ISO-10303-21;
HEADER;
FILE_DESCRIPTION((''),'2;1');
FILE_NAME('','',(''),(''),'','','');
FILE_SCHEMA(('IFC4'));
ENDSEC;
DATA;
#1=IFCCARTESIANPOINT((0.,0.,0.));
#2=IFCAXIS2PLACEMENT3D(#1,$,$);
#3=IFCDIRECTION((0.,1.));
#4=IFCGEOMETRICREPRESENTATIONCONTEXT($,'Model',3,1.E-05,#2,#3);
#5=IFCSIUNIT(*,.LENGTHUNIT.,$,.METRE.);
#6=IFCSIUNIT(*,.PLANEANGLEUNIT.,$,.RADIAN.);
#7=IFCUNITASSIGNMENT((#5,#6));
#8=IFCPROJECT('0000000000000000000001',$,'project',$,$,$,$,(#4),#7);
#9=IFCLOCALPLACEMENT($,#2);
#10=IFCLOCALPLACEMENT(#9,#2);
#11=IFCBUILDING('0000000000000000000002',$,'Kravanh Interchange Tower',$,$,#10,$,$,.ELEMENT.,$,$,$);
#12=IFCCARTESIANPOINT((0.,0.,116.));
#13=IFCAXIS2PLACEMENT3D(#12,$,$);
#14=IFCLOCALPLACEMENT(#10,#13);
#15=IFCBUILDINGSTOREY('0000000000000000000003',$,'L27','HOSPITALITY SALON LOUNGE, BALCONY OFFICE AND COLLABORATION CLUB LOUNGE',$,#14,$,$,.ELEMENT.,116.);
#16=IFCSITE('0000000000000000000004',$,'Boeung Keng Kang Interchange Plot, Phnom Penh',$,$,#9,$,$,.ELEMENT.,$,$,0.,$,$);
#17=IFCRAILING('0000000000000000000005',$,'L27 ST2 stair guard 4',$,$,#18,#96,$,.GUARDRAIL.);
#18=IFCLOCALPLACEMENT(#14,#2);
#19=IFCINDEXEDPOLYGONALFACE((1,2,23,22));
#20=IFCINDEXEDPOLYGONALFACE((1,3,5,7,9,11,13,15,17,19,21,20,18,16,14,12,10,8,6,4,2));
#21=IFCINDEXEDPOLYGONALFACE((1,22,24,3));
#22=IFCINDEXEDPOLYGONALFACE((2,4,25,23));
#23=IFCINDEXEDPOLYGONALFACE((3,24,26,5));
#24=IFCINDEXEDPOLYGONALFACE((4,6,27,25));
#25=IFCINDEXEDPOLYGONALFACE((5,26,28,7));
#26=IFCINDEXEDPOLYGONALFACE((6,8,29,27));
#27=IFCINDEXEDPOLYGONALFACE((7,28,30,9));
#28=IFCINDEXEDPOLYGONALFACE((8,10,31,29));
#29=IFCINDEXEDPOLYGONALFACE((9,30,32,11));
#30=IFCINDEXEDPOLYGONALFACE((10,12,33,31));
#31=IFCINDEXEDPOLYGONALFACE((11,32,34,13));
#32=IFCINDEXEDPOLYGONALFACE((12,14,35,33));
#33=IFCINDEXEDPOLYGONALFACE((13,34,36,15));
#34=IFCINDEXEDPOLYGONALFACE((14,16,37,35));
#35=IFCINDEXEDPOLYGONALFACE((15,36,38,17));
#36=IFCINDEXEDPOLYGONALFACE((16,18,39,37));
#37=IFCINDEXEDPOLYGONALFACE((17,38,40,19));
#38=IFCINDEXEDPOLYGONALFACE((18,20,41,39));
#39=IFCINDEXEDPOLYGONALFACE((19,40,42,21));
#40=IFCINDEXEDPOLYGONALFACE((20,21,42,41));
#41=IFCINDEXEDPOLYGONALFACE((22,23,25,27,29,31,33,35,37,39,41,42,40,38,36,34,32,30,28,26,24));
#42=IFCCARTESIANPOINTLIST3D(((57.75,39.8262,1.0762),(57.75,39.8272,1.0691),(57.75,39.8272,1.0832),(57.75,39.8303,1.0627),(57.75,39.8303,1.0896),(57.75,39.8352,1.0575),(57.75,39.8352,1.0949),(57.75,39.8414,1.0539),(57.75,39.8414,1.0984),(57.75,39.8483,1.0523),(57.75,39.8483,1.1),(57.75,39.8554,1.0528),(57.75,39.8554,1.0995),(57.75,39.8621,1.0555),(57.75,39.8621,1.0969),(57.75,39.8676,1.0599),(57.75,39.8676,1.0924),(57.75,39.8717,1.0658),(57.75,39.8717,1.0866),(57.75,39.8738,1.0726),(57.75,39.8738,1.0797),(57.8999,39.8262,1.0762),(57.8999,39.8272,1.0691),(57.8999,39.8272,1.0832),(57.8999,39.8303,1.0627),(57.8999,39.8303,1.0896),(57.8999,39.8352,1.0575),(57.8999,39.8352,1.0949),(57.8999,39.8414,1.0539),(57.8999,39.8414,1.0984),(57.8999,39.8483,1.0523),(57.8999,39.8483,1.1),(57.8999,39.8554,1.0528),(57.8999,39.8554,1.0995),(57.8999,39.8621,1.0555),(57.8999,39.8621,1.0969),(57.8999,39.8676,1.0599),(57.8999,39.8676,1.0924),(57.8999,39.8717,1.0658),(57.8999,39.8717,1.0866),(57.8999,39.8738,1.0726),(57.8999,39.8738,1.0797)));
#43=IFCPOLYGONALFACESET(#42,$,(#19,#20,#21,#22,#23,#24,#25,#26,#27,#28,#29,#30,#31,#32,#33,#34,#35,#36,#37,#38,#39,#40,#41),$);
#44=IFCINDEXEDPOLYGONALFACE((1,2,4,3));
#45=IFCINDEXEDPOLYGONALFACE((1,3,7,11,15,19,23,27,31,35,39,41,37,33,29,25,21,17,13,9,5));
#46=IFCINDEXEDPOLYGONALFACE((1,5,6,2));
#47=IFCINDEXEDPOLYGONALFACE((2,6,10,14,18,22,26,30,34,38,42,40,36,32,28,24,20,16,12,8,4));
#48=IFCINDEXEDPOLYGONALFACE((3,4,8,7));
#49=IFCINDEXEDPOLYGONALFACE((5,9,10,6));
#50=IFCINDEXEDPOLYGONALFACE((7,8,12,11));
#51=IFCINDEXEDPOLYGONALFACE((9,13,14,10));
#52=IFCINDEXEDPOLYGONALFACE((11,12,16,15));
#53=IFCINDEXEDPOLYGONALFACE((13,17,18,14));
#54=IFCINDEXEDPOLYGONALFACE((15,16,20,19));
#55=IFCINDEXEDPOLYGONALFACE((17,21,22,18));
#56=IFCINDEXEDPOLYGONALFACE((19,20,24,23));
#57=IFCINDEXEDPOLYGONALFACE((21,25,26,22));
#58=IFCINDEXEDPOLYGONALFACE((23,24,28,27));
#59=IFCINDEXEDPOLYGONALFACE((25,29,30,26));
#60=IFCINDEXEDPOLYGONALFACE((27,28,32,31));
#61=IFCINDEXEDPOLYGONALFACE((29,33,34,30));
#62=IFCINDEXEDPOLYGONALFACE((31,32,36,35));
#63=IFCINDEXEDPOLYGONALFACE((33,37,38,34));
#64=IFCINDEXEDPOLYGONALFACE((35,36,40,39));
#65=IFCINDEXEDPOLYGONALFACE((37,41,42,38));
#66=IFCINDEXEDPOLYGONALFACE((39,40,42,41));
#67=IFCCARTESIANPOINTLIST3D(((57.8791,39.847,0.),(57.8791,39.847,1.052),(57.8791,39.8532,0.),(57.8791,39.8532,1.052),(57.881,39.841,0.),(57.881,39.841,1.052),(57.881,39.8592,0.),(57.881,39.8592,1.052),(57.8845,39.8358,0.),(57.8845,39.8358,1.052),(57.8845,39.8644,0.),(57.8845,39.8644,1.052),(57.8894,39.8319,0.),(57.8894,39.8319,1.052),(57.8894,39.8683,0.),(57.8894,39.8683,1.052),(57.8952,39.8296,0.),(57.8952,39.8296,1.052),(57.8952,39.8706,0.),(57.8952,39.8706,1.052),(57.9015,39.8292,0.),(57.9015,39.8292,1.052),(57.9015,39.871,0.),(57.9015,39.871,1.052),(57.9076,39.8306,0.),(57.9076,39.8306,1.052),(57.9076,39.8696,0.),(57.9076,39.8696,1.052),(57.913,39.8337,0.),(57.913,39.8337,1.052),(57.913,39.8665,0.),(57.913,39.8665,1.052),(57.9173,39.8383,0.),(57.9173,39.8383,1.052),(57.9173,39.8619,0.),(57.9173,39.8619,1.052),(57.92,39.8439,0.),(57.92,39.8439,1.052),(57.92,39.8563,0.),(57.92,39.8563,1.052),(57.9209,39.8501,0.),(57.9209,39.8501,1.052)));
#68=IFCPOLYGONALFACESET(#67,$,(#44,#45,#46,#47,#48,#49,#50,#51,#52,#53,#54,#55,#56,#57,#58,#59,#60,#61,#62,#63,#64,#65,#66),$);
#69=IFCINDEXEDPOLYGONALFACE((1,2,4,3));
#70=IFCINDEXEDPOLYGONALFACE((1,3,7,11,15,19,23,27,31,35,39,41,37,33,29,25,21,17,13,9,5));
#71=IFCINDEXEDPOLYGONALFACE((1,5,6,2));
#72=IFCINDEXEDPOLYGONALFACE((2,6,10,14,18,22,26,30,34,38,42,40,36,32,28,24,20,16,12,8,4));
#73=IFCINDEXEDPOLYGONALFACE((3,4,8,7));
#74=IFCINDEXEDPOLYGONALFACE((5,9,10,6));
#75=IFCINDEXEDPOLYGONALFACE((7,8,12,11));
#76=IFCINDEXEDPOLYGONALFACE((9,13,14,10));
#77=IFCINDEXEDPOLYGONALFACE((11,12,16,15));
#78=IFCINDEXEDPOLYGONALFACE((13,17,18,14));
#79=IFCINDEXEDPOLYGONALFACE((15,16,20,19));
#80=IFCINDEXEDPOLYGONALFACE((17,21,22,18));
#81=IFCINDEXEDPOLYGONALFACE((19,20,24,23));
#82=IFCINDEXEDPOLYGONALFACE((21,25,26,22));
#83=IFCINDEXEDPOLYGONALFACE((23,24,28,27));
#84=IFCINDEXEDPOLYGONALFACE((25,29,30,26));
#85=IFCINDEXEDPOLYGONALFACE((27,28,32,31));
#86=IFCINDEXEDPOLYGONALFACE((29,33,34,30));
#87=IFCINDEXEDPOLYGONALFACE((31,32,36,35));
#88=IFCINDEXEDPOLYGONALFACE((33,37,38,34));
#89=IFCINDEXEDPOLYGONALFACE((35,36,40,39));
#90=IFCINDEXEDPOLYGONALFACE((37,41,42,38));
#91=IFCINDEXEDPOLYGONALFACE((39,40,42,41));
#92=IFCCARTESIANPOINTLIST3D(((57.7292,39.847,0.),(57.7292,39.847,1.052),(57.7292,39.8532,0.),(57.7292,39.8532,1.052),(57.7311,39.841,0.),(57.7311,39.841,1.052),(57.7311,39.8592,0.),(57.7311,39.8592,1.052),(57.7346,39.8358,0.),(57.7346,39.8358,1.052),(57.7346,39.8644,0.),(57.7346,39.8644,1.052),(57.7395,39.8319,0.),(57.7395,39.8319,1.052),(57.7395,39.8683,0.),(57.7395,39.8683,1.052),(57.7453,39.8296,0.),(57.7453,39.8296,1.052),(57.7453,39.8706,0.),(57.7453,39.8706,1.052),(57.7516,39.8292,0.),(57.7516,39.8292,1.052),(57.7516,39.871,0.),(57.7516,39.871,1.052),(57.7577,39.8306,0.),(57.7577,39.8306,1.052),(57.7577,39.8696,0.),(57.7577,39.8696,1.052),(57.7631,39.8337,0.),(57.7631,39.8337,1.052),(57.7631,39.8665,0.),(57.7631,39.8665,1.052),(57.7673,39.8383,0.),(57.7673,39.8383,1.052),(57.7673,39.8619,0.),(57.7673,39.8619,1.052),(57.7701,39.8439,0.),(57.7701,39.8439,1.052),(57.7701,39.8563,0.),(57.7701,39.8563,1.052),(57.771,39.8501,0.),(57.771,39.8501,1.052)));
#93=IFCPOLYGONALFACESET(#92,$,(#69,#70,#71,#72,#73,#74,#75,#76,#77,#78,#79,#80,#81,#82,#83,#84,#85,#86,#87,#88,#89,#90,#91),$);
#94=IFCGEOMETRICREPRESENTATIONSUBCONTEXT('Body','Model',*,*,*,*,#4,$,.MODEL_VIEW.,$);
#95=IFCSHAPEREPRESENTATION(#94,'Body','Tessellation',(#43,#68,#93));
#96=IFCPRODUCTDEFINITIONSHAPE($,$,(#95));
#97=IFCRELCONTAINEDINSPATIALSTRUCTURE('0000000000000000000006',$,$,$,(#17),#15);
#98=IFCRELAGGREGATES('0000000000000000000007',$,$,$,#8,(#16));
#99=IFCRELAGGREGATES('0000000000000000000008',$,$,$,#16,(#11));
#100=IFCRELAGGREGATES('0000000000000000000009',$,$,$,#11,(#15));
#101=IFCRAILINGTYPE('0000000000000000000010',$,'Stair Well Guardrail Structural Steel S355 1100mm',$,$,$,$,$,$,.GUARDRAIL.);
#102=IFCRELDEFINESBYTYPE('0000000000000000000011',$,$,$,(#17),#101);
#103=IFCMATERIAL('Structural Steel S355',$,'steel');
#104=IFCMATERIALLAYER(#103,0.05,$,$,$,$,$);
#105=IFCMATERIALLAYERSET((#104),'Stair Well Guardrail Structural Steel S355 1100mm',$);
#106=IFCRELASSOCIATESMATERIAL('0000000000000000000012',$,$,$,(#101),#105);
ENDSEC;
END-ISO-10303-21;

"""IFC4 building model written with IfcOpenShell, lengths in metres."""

from ifc_helpers import new_model, si_unit, direction, frame, origin, origin_2d, place, context, subcontext, project, spatial, circle, extrude, material, layer, layer_set, type_object, element, save


model = new_model("IFC4")

# Units and contexts
model_context = context("Model", 3, precision=1e-05, world=origin(), true_north=direction((0.0, 1.0)))
body_context = subcontext(model_context, "Body", "Model", "MODEL_VIEW")
ifc_project = project(units=[si_unit("LENGTHUNIT", "METRE"), si_unit("PLANEANGLEUNIT", "RADIAN")], contexts=[model_context])

# Site, building, storey
site_placement = place(None, origin())
site = spatial("IfcSite", under=ifc_project, at=site_placement, Name="Boeung Keng Kang Interchange Plot, Phnom Penh", CompositionType="ELEMENT", RefElevation=0.0)
building_placement = place(site_placement, origin())
building = spatial("IfcBuilding", under=site, at=building_placement, Name="Kravanh Interchange Tower", CompositionType="ELEMENT")
storey_placement = place(building_placement, frame((0.0, 0.0, 116.0)))
storey = spatial("IfcBuildingStorey", under=building, at=storey_placement, Name="L27", Description="HOSPITALITY SALON LOUNGE, BALCONY OFFICE AND COLLABORATION CLUB LOUNGE", CompositionType="ELEMENT", Elevation=116.0)

# Railing
ifc_material_1 = material(Name="Structural Steel S355", Category="steel")
ifc_layer_1 = layer(ifc_material_1, 0.05)
ifc_layer_set_1 = layer_set([ifc_layer_1], Name="Stair Well Guardrail Structural Steel S355 1100mm")
railing_type_1 = type_object("IfcRailingType", Name="Stair Well Guardrail Structural Steel S355 1100mm", PredefinedType="GUARDRAIL", material=ifc_layer_set_1)
railing_1_placement = place(storey_placement, frame((57.8999, 39.8501, 0.0)))
element("IfcRailing", 1, at=railing_1_placement, inside=storey, type_object=railing_type_1, Name="L27 ST2 stair guard 4", PredefinedType="GUARDRAIL", context=body_context, shape_type="SweptSolid", body=[
    extrude(circle(Radius=0.0239, at=origin_2d()), frame((0.0, 0.0, 1.0762), z_axis=(-1.0, 0.0, 0.0), x_axis=(0.0, -1.0, 0.0)), (0.0, 0.0, 1.0), 0.1499),
    extrude(circle(Radius=0.021, at=origin_2d()), origin(), (0.0, 0.0, 1.0), 1.052),
    extrude(circle(Radius=0.021, at=origin_2d()), frame((-0.1499, 0.0, 0.0)), (0.0, 0.0, 1.0), 1.052),
])

save(model, "model.ifc")
